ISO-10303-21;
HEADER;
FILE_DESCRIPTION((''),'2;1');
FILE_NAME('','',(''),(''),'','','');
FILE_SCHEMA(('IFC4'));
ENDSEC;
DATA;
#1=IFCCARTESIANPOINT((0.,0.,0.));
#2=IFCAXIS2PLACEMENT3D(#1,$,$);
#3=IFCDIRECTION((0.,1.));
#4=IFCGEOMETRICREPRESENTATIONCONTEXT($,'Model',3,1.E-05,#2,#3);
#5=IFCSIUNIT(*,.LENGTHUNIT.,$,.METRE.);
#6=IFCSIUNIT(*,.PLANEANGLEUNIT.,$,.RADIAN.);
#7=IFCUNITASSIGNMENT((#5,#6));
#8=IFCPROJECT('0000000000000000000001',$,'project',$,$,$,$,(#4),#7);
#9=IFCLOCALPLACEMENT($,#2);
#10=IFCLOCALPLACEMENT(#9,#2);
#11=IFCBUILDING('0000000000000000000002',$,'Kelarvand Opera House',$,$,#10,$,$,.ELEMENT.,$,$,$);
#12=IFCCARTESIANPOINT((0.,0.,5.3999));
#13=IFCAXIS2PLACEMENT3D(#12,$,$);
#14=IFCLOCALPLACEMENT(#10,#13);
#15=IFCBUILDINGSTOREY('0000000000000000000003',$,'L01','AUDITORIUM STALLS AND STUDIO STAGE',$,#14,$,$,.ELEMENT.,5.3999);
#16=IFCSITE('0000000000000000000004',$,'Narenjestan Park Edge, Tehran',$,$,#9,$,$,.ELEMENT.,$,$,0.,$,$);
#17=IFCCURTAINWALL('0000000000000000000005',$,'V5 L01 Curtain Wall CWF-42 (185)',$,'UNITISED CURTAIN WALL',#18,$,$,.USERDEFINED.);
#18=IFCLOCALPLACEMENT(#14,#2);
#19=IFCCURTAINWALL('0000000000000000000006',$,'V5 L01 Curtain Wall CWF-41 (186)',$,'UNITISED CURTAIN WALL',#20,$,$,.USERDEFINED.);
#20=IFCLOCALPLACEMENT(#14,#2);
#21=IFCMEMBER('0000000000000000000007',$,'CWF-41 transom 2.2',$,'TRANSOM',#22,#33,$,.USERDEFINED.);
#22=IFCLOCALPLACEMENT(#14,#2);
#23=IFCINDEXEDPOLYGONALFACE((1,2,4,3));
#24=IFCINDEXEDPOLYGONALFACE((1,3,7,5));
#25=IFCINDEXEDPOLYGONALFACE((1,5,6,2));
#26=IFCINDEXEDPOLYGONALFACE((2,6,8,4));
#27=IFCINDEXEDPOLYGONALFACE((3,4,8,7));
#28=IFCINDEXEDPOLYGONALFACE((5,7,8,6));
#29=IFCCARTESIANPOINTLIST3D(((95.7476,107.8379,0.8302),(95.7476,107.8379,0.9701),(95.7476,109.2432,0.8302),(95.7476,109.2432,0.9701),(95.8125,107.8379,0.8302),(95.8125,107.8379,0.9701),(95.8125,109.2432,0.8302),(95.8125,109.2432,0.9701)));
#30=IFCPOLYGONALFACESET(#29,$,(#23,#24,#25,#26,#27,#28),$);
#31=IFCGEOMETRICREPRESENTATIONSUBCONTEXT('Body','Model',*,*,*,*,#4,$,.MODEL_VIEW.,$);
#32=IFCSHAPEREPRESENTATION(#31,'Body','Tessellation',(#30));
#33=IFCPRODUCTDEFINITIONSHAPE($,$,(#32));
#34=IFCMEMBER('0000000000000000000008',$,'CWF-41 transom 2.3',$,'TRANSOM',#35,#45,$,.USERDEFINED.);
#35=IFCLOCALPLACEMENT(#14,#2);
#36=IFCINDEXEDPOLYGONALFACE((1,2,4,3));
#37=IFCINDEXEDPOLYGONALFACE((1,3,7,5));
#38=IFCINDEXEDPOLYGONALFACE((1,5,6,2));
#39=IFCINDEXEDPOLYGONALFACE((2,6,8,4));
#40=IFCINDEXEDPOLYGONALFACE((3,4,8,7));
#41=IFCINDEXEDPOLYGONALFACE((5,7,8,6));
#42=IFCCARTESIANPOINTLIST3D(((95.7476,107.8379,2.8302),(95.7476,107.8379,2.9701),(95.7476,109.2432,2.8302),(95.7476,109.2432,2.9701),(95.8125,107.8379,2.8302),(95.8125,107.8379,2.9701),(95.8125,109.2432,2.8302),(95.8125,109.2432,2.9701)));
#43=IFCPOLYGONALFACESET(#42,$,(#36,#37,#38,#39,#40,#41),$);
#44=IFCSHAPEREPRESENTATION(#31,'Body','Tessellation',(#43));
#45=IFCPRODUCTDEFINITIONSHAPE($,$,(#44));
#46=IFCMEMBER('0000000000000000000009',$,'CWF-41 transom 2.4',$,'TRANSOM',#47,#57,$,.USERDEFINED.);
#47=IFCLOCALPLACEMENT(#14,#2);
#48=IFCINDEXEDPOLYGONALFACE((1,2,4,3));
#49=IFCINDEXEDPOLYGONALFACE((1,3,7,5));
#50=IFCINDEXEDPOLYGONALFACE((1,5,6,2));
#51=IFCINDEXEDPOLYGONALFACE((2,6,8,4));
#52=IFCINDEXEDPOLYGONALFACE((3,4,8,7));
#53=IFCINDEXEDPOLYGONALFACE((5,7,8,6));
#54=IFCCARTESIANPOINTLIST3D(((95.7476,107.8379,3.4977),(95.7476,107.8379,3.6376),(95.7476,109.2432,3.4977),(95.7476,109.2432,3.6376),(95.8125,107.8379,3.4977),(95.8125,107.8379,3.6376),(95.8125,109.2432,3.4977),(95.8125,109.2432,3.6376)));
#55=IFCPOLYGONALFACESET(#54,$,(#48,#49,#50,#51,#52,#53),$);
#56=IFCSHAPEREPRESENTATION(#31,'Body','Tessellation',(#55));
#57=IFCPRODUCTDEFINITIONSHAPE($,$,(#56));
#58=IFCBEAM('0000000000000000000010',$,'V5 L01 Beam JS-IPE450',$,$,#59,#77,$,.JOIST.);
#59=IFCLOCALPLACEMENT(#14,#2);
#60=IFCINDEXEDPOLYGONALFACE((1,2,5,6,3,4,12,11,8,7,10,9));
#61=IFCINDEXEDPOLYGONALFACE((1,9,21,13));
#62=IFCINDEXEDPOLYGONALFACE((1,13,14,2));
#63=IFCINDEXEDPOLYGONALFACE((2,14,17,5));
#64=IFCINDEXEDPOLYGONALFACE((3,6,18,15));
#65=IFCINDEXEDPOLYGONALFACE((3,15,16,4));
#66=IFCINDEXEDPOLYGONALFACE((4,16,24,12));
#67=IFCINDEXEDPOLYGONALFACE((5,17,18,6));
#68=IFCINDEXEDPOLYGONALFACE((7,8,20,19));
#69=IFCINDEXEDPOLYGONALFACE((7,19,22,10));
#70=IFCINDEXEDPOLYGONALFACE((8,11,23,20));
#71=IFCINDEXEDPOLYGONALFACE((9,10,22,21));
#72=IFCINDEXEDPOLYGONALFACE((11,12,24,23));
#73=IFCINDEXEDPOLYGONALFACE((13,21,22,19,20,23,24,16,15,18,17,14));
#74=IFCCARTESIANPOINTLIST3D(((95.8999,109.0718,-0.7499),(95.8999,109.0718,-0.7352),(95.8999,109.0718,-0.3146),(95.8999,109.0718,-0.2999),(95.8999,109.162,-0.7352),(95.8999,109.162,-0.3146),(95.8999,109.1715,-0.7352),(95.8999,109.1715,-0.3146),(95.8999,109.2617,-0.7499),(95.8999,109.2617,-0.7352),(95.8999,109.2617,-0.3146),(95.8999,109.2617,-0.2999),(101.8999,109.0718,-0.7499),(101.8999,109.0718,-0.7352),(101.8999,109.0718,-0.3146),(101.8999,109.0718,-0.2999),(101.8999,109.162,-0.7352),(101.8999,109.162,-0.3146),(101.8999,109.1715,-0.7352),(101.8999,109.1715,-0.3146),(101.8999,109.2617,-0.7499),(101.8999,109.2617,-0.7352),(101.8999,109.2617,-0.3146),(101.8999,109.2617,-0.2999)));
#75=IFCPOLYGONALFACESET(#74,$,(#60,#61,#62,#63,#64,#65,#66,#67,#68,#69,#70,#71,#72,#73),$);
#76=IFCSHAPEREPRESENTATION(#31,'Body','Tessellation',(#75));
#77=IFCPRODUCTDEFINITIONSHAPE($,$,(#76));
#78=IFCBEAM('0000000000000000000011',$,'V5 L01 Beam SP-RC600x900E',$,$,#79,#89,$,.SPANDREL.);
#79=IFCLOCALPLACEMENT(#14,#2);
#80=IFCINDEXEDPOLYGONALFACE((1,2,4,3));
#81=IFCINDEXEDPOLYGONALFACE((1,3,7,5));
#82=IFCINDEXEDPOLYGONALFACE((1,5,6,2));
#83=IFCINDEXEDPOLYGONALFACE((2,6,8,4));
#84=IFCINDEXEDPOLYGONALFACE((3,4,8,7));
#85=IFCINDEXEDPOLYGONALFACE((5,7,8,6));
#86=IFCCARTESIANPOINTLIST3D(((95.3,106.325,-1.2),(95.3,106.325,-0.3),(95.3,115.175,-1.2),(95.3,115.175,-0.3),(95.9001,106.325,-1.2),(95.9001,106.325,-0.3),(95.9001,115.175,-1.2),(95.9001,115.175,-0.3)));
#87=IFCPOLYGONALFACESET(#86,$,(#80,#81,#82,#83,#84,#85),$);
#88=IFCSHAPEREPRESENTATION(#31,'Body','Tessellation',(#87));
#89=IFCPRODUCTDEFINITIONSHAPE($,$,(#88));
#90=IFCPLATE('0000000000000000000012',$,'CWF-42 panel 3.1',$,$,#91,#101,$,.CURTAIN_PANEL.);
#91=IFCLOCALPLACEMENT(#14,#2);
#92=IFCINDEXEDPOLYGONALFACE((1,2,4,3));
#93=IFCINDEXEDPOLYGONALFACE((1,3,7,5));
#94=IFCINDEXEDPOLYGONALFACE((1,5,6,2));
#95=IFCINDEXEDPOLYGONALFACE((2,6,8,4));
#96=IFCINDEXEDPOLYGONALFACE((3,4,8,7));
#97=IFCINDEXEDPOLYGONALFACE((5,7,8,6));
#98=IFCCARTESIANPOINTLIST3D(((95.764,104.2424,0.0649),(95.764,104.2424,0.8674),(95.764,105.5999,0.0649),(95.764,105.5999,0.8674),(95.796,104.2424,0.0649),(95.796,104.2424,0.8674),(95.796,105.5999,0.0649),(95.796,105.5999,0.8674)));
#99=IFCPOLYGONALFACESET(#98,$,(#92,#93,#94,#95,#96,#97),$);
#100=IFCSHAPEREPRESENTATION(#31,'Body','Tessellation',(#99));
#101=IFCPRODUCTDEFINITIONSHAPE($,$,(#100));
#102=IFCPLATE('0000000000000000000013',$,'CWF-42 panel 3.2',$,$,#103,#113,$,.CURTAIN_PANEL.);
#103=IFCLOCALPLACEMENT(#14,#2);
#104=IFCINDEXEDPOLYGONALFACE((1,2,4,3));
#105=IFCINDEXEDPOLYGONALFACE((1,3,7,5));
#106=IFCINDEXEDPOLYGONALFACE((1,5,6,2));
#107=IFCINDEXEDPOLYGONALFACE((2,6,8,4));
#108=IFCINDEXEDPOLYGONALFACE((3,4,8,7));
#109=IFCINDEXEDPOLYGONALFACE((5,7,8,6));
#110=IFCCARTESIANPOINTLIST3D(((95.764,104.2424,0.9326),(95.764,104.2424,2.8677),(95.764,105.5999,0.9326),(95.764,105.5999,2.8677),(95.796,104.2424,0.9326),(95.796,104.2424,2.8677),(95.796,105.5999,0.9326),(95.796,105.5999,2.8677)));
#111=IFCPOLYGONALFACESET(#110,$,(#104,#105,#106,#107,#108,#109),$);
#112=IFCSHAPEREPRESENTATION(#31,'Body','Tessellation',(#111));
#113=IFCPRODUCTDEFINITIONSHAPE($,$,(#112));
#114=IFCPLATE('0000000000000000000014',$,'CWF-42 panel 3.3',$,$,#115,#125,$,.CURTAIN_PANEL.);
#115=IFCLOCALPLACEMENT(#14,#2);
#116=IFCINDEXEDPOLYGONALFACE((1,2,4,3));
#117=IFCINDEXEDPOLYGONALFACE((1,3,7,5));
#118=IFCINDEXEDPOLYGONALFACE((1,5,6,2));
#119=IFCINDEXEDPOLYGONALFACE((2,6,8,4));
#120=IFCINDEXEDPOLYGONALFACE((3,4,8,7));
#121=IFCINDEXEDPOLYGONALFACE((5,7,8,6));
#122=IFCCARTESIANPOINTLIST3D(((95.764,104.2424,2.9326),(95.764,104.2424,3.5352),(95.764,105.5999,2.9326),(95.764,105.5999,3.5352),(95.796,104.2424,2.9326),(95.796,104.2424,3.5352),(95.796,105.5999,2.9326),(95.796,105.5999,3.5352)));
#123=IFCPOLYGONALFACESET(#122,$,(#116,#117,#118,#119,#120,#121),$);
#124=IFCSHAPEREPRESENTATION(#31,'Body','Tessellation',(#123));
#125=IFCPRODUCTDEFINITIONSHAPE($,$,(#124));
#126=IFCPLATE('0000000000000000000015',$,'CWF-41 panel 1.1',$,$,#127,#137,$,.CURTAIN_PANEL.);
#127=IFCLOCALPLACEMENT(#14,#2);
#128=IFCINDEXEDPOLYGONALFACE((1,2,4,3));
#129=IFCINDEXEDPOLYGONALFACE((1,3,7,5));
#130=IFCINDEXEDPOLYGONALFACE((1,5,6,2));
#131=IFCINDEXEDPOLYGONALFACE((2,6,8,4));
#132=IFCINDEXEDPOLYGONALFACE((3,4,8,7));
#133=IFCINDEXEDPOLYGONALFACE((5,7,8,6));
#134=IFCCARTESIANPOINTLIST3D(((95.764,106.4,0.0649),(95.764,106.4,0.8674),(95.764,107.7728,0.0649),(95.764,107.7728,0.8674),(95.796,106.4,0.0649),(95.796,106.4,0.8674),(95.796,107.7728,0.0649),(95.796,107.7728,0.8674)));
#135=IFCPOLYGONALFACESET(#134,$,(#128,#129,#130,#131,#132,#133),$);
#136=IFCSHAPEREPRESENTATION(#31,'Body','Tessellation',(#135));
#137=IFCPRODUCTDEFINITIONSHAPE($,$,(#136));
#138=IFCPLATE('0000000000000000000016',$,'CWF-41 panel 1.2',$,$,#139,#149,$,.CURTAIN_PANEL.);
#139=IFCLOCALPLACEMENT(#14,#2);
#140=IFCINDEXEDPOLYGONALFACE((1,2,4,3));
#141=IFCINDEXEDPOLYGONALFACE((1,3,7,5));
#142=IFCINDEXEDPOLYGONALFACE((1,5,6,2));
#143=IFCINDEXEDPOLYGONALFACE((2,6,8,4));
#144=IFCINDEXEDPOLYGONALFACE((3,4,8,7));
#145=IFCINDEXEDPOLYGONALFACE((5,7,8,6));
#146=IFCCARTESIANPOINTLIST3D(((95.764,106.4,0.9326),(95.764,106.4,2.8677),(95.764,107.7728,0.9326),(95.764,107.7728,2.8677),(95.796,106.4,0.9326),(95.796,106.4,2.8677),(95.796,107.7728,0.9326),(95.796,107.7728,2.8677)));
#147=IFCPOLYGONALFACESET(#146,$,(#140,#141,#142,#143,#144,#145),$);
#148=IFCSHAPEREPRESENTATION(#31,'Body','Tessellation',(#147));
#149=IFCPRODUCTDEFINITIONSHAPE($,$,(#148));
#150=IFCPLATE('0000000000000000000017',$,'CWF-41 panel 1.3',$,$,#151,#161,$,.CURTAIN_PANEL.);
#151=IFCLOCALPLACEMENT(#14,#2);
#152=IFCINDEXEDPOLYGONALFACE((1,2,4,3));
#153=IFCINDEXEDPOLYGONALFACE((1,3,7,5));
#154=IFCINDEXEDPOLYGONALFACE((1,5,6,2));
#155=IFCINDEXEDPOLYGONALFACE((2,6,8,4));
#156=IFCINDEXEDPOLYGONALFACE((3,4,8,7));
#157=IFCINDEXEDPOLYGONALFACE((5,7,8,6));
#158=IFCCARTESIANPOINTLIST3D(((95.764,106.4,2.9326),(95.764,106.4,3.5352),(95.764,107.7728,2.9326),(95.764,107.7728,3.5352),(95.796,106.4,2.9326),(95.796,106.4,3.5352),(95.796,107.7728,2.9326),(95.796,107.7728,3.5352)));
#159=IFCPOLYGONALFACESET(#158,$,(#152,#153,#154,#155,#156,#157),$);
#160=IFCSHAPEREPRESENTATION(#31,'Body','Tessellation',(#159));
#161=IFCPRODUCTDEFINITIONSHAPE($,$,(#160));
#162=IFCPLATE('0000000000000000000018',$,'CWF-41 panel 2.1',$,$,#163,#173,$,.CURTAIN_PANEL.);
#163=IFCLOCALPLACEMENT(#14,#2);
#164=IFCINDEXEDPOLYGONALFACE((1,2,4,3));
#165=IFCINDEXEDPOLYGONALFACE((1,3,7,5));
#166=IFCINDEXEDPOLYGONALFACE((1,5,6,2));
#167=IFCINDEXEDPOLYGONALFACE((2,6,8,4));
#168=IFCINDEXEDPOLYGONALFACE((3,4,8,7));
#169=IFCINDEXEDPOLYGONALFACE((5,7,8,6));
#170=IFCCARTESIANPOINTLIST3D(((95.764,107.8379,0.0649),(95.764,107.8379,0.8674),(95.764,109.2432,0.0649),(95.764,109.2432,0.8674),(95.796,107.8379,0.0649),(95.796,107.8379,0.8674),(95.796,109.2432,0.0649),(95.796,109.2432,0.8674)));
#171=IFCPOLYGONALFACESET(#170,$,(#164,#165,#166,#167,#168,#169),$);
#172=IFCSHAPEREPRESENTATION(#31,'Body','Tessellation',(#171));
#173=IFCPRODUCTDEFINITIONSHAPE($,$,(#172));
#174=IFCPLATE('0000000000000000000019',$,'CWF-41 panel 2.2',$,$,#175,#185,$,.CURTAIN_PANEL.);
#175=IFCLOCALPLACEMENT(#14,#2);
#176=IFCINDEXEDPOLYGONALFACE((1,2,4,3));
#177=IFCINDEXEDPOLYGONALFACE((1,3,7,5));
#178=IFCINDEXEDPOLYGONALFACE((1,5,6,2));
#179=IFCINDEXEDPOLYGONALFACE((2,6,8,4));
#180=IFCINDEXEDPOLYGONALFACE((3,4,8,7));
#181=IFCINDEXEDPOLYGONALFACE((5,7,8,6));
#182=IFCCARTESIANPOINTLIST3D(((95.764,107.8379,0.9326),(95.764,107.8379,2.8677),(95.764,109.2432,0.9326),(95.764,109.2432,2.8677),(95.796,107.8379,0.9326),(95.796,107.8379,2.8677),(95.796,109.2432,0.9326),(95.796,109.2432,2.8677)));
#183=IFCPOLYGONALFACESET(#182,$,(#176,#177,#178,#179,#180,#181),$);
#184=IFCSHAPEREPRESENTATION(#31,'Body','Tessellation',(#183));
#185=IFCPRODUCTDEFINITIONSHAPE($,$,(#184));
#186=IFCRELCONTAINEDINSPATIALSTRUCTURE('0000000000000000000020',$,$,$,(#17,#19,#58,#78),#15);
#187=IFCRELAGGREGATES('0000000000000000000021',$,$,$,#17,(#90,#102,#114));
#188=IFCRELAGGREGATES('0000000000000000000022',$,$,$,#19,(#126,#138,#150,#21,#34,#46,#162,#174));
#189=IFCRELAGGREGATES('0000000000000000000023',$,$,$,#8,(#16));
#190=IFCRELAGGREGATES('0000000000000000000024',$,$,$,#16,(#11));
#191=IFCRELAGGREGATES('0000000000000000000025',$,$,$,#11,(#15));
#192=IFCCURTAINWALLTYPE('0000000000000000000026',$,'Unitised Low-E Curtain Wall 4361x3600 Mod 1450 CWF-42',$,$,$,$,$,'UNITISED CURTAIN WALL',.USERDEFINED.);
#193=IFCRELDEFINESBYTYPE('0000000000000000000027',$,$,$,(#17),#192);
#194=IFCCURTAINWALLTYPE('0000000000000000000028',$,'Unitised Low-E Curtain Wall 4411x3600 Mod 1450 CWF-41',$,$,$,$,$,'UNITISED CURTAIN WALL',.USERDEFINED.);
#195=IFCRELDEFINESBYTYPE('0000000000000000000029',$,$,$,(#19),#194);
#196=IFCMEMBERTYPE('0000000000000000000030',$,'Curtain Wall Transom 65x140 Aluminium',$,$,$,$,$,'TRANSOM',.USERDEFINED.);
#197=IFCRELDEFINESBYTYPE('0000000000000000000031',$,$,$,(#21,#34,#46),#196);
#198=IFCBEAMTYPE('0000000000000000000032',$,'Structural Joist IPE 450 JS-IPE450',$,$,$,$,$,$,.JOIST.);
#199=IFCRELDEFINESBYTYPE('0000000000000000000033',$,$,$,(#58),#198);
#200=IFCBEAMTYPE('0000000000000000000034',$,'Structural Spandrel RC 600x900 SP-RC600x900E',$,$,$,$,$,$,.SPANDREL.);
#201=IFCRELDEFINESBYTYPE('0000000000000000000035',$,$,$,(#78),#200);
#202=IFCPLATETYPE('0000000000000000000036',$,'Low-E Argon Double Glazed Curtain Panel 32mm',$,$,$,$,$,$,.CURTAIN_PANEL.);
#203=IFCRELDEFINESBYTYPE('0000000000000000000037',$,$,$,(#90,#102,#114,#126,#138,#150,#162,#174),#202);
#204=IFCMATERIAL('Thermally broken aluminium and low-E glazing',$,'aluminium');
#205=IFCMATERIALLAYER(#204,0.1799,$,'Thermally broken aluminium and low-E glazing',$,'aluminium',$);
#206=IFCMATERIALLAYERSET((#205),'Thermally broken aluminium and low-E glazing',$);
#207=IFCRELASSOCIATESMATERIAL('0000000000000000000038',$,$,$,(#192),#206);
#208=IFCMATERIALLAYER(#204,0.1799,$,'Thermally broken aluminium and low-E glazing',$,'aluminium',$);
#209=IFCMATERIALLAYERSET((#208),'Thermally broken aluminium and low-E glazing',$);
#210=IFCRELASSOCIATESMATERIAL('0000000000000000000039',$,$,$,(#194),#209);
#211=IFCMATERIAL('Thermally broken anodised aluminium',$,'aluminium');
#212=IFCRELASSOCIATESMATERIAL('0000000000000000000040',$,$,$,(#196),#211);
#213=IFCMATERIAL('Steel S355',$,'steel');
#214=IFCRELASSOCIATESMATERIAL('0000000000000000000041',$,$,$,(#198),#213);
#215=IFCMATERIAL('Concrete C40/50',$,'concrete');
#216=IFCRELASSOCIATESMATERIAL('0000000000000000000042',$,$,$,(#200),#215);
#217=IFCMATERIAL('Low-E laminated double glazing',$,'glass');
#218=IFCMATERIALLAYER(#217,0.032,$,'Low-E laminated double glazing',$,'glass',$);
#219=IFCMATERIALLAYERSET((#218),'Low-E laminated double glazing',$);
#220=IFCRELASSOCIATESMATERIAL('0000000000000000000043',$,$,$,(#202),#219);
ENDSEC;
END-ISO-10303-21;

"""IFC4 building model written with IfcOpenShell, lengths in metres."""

from ifc_helpers import new_model, si_unit, direction, frame, origin, origin_2d, place, context, subcontext, project, spatial, rectangle, i_section, extrude, material, layer, layer_set, material_profile, profile_set, type_object, element, aggregate, save


model = new_model("IFC4")

# Units and contexts
model_context = context("Model", 3, precision=1e-05, world=origin(), true_north=direction((0.0, 1.0)))
body_context = subcontext(model_context, "Body", "Model", "MODEL_VIEW")
ifc_project = project(units=[si_unit("LENGTHUNIT", "METRE"), si_unit("PLANEANGLEUNIT", "RADIAN")], contexts=[model_context])

# Site, building, storey
site_placement = place(None, origin())
site = spatial("IfcSite", under=ifc_project, at=site_placement, Name="Narenjestan Park Edge, Tehran", CompositionType="ELEMENT", RefElevation=0.0)
building_placement = place(site_placement, origin())
building = spatial("IfcBuilding", under=site, at=building_placement, Name="Kelarvand Opera House", CompositionType="ELEMENT")
storey_placement = place(building_placement, frame((0.0, 0.0, 5.3999)))
storey = spatial("IfcBuildingStorey", under=building, at=storey_placement, Name="L01", Description="AUDITORIUM STALLS AND STUDIO STAGE", CompositionType="ELEMENT", Elevation=5.3999)

# Shared definitions
ifc_material_1 = material(Name="Concrete C40/50", Category="concrete")

# Curtain wall
ifc_material_2 = material(Name="Thermally broken aluminium and low-E glazing", Category="aluminium")
ifc_layer_1 = layer(ifc_material_2, 0.1799, Name="Thermally broken aluminium and low-E glazing", Category="aluminium")
ifc_layer_set_1 = layer_set([ifc_layer_1], Name="Thermally broken aluminium and low-E glazing")
curtain_wall_type_1 = type_object("IfcCurtainWallType", Name="Unitised Low-E Curtain Wall 4361x3600 Mod 1450 CWF-42", ElementType="UNITISED CURTAIN WALL", PredefinedType="USERDEFINED", material=ifc_layer_set_1)
curtain_wall_1_placement = place(storey_placement, origin())
curtain_wall_1 = element("IfcCurtainWall", 1, at=curtain_wall_1_placement, inside=storey, type_object=curtain_wall_type_1, Name="V5 L01 Curtain Wall CWF-42 (185)", ObjectType="UNITISED CURTAIN WALL", PredefinedType="USERDEFINED")
ifc_material_3 = material(Name="Thermally broken anodised aluminium", Category="aluminium")

# Curtain wall
ifc_layer_2 = layer(ifc_material_2, 0.1799, Name="Thermally broken aluminium and low-E glazing", Category="aluminium")
ifc_layer_set_2 = layer_set([ifc_layer_2], Name="Thermally broken aluminium and low-E glazing")
curtain_wall_type_2 = type_object("IfcCurtainWallType", Name="Unitised Low-E Curtain Wall 4411x3600 Mod 1450 CWF-41", ElementType="UNITISED CURTAIN WALL", PredefinedType="USERDEFINED", material=ifc_layer_set_2)
curtain_wall_2_placement = place(storey_placement, origin())
curtain_wall_2 = element("IfcCurtainWall", 2, at=curtain_wall_2_placement, inside=storey, type_object=curtain_wall_type_2, Name="V5 L01 Curtain Wall CWF-41 (186)", ObjectType="UNITISED CURTAIN WALL", PredefinedType="USERDEFINED")

# Members
ifc_material_profile_1 = material_profile(ifc_material_3, rectangle(XDim=0.0649, YDim=0.1399, at=origin_2d()), Name="ALU TRANSOM 65x140", Category="aluminium")
ifc_profile_set_1 = profile_set([ifc_material_profile_1], Name="Thermally broken anodised aluminium")
member_type_1 = type_object("IfcMemberType", Name="Curtain Wall Transom 65x140 Aluminium", ElementType="TRANSOM", PredefinedType="USERDEFINED", material=ifc_profile_set_1)
member_1_placement = place(storey_placement, frame((95.78, 107.8379, 0.9001), z_axis=(0.0, 1.0, 0.0), x_axis=(-1.0, 0.0, 0.0)))
member_1 = element("IfcMember", 3, at=member_1_placement, type_object=member_type_1, Name="CWF-41 transom 2.2", ObjectType="TRANSOM", PredefinedType="USERDEFINED", context=body_context, shape_type="SweptSolid", body=[
    extrude(rectangle(XDim=0.0649, YDim=0.1399, at=origin_2d()), origin(), (0.0, 0.0, 1.0), 1.4053),
])
member_2_placement = place(storey_placement, frame((95.78, 107.8379, 2.9001), z_axis=(0.0, 1.0, 0.0), x_axis=(-1.0, 0.0, 0.0)))
member_2 = element("IfcMember", 4, at=member_2_placement, type_object=member_type_1, Name="CWF-41 transom 2.3", ObjectType="TRANSOM", PredefinedType="USERDEFINED", context=body_context, shape_type="SweptSolid", body=[
    extrude(rectangle(XDim=0.0649, YDim=0.1399, at=origin_2d()), origin(), (0.0, 0.0, 1.0), 1.4053),
])
member_3_placement = place(storey_placement, frame((95.78, 107.8379, 3.5676), z_axis=(0.0, 1.0, 0.0), x_axis=(-1.0, 0.0, 0.0)))
member_3 = element("IfcMember", 5, at=member_3_placement, type_object=member_type_1, Name="CWF-41 transom 2.4", ObjectType="TRANSOM", PredefinedType="USERDEFINED", context=body_context, shape_type="SweptSolid", body=[
    extrude(rectangle(XDim=0.0649, YDim=0.1399, at=origin_2d()), origin(), (0.0, 0.0, 1.0), 1.4053),
])

# Beams
ifc_material_4 = material(Name="Steel S355", Category="steel")
ifc_material_profile_2 = material_profile(ifc_material_4, i_section(OverallWidth=0.1899, OverallDepth=0.45, WebThickness=0.0095, FlangeThickness=0.0146, at=origin_2d()), Name="IPE 450", Category="steel")
ifc_profile_set_2 = profile_set([ifc_material_profile_2], Name="Steel S355")
beam_type_1 = type_object("IfcBeamType", Name="Structural Joist IPE 450 JS-IPE450", PredefinedType="JOIST", material=ifc_profile_set_2)
beam_1_placement = place(storey_placement, frame((95.8999, 109.1667, -0.5249), z_axis=(1.0, 0.0, 0.0), x_axis=(0.0, 1.0, 0.0)))
element("IfcBeam", 6, at=beam_1_placement, inside=storey, type_object=beam_type_1, Name="V5 L01 Beam JS-IPE450", PredefinedType="JOIST", context=body_context, shape_type="SweptSolid", body=[
    extrude(i_section(OverallWidth=0.1899, OverallDepth=0.45, WebThickness=0.0095, FlangeThickness=0.0146, at=origin_2d()), origin(), (0.0, 0.0, 1.0), 6.0),
])
ifc_material_profile_3 = material_profile(ifc_material_1, rectangle(XDim=0.6001, YDim=0.8999, at=origin_2d()), Name="RC 600x900", Category="concrete")
ifc_profile_set_3 = profile_set([ifc_material_profile_3], Name="Concrete C40/50")
beam_type_2 = type_object("IfcBeamType", Name="Structural Spandrel RC 600x900 SP-RC600x900E", PredefinedType="SPANDREL", material=ifc_profile_set_3)
beam_2_placement = place(storey_placement, frame((95.6001, 106.325, -0.75), z_axis=(0.0, 1.0, 0.0), x_axis=(-1.0, 0.0, 0.0)))
element("IfcBeam", 7, at=beam_2_placement, inside=storey, type_object=beam_type_2, Name="V5 L01 Beam SP-RC600x900E", PredefinedType="SPANDREL", context=body_context, shape_type="SweptSolid", body=[
    extrude(rectangle(XDim=0.6001, YDim=0.8999, at=origin_2d()), origin(), (0.0, 0.0, 1.0), 8.8501),
])

# Plates
ifc_material_5 = material(Name="Low-E laminated double glazing", Category="glass")
ifc_layer_3 = layer(ifc_material_5, 0.032, Name="Low-E laminated double glazing", Category="glass")
ifc_layer_set_3 = layer_set([ifc_layer_3], Name="Low-E laminated double glazing")
plate_type = type_object("IfcPlateType", Name="Low-E Argon Double Glazed Curtain Panel 32mm", PredefinedType="CURTAIN_PANEL", material=ifc_layer_set_3)
plate_1_placement = place(storey_placement, frame((95.78, 104.9211, 0.0649), z_axis=(0.0, 0.0, 1.0), x_axis=(0.0, 1.0, 0.0)))
plate_1 = element("IfcPlate", 8, at=plate_1_placement, type_object=plate_type, Name="CWF-42 panel 3.1", PredefinedType="CURTAIN_PANEL", context=body_context, shape_type="SweptSolid", body=[
    extrude(rectangle(XDim=1.3574, YDim=0.032, at=origin_2d()), origin(), (0.0, 0.0, 1.0), 0.8025),
])
plate_2_placement = place(storey_placement, frame((95.78, 104.9211, 0.9326), z_axis=(0.0, 0.0, 1.0), x_axis=(0.0, 1.0, 0.0)))
plate_2 = element("IfcPlate", 9, at=plate_2_placement, type_object=plate_type, Name="CWF-42 panel 3.2", PredefinedType="CURTAIN_PANEL", context=body_context, shape_type="SweptSolid", body=[
    extrude(rectangle(XDim=1.3574, YDim=0.032, at=origin_2d()), origin(), (0.0, 0.0, 1.0), 1.9351),
])
plate_3_placement = place(storey_placement, frame((95.78, 104.9211, 2.9326), z_axis=(0.0, 0.0, 1.0), x_axis=(0.0, 1.0, 0.0)))
plate_3 = element("IfcPlate", 10, at=plate_3_placement, type_object=plate_type, Name="CWF-42 panel 3.3", PredefinedType="CURTAIN_PANEL", context=body_context, shape_type="SweptSolid", body=[
    extrude(rectangle(XDim=1.3574, YDim=0.032, at=origin_2d()), origin(), (0.0, 0.0, 1.0), 0.6025),
])
aggregate(curtain_wall_1, [plate_1, plate_2, plate_3])
plate_4_placement = place(storey_placement, frame((95.78, 107.0864, 0.0649), z_axis=(0.0, 0.0, 1.0), x_axis=(0.0, 1.0, 0.0)))
plate_4 = element("IfcPlate", 11, at=plate_4_placement, type_object=plate_type, Name="CWF-41 panel 1.1", PredefinedType="CURTAIN_PANEL", context=body_context, shape_type="SweptSolid", body=[
    extrude(rectangle(XDim=1.3728, YDim=0.032, at=origin_2d()), origin(), (0.0, 0.0, 1.0), 0.8025),
])
plate_5_placement = place(storey_placement, frame((95.78, 107.0864, 0.9326), z_axis=(0.0, 0.0, 1.0), x_axis=(0.0, 1.0, 0.0)))
plate_5 = element("IfcPlate", 12, at=plate_5_placement, type_object=plate_type, Name="CWF-41 panel 1.2", PredefinedType="CURTAIN_PANEL", context=body_context, shape_type="SweptSolid", body=[
    extrude(rectangle(XDim=1.3728, YDim=0.032, at=origin_2d()), origin(), (0.0, 0.0, 1.0), 1.9351),
])
plate_6_placement = place(storey_placement, frame((95.78, 107.0864, 2.9326), z_axis=(0.0, 0.0, 1.0), x_axis=(0.0, 1.0, 0.0)))
plate_6 = element("IfcPlate", 13, at=plate_6_placement, type_object=plate_type, Name="CWF-41 panel 1.3", PredefinedType="CURTAIN_PANEL", context=body_context, shape_type="SweptSolid", body=[
    extrude(rectangle(XDim=1.3728, YDim=0.032, at=origin_2d()), origin(), (0.0, 0.0, 1.0), 0.6025),
])
plate_7_placement = place(storey_placement, frame((95.78, 108.5405, 0.0649), z_axis=(0.0, 0.0, 1.0), x_axis=(0.0, 1.0, 0.0)))
plate_7 = element("IfcPlate", 14, at=plate_7_placement, type_object=plate_type, Name="CWF-41 panel 2.1", PredefinedType="CURTAIN_PANEL", context=body_context, shape_type="SweptSolid", body=[
    extrude(rectangle(XDim=1.4053, YDim=0.032, at=origin_2d()), origin(), (0.0, 0.0, 1.0), 0.8025),
])
plate_8_placement = place(storey_placement, frame((95.78, 108.5405, 0.9326), z_axis=(0.0, 0.0, 1.0), x_axis=(0.0, 1.0, 0.0)))
plate_8 = element("IfcPlate", 15, at=plate_8_placement, type_object=plate_type, Name="CWF-41 panel 2.2", PredefinedType="CURTAIN_PANEL", context=body_context, shape_type="SweptSolid", body=[
    extrude(rectangle(XDim=1.4053, YDim=0.032, at=origin_2d()), origin(), (0.0, 0.0, 1.0), 1.9351),
])
aggregate(curtain_wall_2, [plate_4, plate_5, plate_6, member_1, member_2, member_3, plate_7, plate_8])

save(model, "model.ifc")
